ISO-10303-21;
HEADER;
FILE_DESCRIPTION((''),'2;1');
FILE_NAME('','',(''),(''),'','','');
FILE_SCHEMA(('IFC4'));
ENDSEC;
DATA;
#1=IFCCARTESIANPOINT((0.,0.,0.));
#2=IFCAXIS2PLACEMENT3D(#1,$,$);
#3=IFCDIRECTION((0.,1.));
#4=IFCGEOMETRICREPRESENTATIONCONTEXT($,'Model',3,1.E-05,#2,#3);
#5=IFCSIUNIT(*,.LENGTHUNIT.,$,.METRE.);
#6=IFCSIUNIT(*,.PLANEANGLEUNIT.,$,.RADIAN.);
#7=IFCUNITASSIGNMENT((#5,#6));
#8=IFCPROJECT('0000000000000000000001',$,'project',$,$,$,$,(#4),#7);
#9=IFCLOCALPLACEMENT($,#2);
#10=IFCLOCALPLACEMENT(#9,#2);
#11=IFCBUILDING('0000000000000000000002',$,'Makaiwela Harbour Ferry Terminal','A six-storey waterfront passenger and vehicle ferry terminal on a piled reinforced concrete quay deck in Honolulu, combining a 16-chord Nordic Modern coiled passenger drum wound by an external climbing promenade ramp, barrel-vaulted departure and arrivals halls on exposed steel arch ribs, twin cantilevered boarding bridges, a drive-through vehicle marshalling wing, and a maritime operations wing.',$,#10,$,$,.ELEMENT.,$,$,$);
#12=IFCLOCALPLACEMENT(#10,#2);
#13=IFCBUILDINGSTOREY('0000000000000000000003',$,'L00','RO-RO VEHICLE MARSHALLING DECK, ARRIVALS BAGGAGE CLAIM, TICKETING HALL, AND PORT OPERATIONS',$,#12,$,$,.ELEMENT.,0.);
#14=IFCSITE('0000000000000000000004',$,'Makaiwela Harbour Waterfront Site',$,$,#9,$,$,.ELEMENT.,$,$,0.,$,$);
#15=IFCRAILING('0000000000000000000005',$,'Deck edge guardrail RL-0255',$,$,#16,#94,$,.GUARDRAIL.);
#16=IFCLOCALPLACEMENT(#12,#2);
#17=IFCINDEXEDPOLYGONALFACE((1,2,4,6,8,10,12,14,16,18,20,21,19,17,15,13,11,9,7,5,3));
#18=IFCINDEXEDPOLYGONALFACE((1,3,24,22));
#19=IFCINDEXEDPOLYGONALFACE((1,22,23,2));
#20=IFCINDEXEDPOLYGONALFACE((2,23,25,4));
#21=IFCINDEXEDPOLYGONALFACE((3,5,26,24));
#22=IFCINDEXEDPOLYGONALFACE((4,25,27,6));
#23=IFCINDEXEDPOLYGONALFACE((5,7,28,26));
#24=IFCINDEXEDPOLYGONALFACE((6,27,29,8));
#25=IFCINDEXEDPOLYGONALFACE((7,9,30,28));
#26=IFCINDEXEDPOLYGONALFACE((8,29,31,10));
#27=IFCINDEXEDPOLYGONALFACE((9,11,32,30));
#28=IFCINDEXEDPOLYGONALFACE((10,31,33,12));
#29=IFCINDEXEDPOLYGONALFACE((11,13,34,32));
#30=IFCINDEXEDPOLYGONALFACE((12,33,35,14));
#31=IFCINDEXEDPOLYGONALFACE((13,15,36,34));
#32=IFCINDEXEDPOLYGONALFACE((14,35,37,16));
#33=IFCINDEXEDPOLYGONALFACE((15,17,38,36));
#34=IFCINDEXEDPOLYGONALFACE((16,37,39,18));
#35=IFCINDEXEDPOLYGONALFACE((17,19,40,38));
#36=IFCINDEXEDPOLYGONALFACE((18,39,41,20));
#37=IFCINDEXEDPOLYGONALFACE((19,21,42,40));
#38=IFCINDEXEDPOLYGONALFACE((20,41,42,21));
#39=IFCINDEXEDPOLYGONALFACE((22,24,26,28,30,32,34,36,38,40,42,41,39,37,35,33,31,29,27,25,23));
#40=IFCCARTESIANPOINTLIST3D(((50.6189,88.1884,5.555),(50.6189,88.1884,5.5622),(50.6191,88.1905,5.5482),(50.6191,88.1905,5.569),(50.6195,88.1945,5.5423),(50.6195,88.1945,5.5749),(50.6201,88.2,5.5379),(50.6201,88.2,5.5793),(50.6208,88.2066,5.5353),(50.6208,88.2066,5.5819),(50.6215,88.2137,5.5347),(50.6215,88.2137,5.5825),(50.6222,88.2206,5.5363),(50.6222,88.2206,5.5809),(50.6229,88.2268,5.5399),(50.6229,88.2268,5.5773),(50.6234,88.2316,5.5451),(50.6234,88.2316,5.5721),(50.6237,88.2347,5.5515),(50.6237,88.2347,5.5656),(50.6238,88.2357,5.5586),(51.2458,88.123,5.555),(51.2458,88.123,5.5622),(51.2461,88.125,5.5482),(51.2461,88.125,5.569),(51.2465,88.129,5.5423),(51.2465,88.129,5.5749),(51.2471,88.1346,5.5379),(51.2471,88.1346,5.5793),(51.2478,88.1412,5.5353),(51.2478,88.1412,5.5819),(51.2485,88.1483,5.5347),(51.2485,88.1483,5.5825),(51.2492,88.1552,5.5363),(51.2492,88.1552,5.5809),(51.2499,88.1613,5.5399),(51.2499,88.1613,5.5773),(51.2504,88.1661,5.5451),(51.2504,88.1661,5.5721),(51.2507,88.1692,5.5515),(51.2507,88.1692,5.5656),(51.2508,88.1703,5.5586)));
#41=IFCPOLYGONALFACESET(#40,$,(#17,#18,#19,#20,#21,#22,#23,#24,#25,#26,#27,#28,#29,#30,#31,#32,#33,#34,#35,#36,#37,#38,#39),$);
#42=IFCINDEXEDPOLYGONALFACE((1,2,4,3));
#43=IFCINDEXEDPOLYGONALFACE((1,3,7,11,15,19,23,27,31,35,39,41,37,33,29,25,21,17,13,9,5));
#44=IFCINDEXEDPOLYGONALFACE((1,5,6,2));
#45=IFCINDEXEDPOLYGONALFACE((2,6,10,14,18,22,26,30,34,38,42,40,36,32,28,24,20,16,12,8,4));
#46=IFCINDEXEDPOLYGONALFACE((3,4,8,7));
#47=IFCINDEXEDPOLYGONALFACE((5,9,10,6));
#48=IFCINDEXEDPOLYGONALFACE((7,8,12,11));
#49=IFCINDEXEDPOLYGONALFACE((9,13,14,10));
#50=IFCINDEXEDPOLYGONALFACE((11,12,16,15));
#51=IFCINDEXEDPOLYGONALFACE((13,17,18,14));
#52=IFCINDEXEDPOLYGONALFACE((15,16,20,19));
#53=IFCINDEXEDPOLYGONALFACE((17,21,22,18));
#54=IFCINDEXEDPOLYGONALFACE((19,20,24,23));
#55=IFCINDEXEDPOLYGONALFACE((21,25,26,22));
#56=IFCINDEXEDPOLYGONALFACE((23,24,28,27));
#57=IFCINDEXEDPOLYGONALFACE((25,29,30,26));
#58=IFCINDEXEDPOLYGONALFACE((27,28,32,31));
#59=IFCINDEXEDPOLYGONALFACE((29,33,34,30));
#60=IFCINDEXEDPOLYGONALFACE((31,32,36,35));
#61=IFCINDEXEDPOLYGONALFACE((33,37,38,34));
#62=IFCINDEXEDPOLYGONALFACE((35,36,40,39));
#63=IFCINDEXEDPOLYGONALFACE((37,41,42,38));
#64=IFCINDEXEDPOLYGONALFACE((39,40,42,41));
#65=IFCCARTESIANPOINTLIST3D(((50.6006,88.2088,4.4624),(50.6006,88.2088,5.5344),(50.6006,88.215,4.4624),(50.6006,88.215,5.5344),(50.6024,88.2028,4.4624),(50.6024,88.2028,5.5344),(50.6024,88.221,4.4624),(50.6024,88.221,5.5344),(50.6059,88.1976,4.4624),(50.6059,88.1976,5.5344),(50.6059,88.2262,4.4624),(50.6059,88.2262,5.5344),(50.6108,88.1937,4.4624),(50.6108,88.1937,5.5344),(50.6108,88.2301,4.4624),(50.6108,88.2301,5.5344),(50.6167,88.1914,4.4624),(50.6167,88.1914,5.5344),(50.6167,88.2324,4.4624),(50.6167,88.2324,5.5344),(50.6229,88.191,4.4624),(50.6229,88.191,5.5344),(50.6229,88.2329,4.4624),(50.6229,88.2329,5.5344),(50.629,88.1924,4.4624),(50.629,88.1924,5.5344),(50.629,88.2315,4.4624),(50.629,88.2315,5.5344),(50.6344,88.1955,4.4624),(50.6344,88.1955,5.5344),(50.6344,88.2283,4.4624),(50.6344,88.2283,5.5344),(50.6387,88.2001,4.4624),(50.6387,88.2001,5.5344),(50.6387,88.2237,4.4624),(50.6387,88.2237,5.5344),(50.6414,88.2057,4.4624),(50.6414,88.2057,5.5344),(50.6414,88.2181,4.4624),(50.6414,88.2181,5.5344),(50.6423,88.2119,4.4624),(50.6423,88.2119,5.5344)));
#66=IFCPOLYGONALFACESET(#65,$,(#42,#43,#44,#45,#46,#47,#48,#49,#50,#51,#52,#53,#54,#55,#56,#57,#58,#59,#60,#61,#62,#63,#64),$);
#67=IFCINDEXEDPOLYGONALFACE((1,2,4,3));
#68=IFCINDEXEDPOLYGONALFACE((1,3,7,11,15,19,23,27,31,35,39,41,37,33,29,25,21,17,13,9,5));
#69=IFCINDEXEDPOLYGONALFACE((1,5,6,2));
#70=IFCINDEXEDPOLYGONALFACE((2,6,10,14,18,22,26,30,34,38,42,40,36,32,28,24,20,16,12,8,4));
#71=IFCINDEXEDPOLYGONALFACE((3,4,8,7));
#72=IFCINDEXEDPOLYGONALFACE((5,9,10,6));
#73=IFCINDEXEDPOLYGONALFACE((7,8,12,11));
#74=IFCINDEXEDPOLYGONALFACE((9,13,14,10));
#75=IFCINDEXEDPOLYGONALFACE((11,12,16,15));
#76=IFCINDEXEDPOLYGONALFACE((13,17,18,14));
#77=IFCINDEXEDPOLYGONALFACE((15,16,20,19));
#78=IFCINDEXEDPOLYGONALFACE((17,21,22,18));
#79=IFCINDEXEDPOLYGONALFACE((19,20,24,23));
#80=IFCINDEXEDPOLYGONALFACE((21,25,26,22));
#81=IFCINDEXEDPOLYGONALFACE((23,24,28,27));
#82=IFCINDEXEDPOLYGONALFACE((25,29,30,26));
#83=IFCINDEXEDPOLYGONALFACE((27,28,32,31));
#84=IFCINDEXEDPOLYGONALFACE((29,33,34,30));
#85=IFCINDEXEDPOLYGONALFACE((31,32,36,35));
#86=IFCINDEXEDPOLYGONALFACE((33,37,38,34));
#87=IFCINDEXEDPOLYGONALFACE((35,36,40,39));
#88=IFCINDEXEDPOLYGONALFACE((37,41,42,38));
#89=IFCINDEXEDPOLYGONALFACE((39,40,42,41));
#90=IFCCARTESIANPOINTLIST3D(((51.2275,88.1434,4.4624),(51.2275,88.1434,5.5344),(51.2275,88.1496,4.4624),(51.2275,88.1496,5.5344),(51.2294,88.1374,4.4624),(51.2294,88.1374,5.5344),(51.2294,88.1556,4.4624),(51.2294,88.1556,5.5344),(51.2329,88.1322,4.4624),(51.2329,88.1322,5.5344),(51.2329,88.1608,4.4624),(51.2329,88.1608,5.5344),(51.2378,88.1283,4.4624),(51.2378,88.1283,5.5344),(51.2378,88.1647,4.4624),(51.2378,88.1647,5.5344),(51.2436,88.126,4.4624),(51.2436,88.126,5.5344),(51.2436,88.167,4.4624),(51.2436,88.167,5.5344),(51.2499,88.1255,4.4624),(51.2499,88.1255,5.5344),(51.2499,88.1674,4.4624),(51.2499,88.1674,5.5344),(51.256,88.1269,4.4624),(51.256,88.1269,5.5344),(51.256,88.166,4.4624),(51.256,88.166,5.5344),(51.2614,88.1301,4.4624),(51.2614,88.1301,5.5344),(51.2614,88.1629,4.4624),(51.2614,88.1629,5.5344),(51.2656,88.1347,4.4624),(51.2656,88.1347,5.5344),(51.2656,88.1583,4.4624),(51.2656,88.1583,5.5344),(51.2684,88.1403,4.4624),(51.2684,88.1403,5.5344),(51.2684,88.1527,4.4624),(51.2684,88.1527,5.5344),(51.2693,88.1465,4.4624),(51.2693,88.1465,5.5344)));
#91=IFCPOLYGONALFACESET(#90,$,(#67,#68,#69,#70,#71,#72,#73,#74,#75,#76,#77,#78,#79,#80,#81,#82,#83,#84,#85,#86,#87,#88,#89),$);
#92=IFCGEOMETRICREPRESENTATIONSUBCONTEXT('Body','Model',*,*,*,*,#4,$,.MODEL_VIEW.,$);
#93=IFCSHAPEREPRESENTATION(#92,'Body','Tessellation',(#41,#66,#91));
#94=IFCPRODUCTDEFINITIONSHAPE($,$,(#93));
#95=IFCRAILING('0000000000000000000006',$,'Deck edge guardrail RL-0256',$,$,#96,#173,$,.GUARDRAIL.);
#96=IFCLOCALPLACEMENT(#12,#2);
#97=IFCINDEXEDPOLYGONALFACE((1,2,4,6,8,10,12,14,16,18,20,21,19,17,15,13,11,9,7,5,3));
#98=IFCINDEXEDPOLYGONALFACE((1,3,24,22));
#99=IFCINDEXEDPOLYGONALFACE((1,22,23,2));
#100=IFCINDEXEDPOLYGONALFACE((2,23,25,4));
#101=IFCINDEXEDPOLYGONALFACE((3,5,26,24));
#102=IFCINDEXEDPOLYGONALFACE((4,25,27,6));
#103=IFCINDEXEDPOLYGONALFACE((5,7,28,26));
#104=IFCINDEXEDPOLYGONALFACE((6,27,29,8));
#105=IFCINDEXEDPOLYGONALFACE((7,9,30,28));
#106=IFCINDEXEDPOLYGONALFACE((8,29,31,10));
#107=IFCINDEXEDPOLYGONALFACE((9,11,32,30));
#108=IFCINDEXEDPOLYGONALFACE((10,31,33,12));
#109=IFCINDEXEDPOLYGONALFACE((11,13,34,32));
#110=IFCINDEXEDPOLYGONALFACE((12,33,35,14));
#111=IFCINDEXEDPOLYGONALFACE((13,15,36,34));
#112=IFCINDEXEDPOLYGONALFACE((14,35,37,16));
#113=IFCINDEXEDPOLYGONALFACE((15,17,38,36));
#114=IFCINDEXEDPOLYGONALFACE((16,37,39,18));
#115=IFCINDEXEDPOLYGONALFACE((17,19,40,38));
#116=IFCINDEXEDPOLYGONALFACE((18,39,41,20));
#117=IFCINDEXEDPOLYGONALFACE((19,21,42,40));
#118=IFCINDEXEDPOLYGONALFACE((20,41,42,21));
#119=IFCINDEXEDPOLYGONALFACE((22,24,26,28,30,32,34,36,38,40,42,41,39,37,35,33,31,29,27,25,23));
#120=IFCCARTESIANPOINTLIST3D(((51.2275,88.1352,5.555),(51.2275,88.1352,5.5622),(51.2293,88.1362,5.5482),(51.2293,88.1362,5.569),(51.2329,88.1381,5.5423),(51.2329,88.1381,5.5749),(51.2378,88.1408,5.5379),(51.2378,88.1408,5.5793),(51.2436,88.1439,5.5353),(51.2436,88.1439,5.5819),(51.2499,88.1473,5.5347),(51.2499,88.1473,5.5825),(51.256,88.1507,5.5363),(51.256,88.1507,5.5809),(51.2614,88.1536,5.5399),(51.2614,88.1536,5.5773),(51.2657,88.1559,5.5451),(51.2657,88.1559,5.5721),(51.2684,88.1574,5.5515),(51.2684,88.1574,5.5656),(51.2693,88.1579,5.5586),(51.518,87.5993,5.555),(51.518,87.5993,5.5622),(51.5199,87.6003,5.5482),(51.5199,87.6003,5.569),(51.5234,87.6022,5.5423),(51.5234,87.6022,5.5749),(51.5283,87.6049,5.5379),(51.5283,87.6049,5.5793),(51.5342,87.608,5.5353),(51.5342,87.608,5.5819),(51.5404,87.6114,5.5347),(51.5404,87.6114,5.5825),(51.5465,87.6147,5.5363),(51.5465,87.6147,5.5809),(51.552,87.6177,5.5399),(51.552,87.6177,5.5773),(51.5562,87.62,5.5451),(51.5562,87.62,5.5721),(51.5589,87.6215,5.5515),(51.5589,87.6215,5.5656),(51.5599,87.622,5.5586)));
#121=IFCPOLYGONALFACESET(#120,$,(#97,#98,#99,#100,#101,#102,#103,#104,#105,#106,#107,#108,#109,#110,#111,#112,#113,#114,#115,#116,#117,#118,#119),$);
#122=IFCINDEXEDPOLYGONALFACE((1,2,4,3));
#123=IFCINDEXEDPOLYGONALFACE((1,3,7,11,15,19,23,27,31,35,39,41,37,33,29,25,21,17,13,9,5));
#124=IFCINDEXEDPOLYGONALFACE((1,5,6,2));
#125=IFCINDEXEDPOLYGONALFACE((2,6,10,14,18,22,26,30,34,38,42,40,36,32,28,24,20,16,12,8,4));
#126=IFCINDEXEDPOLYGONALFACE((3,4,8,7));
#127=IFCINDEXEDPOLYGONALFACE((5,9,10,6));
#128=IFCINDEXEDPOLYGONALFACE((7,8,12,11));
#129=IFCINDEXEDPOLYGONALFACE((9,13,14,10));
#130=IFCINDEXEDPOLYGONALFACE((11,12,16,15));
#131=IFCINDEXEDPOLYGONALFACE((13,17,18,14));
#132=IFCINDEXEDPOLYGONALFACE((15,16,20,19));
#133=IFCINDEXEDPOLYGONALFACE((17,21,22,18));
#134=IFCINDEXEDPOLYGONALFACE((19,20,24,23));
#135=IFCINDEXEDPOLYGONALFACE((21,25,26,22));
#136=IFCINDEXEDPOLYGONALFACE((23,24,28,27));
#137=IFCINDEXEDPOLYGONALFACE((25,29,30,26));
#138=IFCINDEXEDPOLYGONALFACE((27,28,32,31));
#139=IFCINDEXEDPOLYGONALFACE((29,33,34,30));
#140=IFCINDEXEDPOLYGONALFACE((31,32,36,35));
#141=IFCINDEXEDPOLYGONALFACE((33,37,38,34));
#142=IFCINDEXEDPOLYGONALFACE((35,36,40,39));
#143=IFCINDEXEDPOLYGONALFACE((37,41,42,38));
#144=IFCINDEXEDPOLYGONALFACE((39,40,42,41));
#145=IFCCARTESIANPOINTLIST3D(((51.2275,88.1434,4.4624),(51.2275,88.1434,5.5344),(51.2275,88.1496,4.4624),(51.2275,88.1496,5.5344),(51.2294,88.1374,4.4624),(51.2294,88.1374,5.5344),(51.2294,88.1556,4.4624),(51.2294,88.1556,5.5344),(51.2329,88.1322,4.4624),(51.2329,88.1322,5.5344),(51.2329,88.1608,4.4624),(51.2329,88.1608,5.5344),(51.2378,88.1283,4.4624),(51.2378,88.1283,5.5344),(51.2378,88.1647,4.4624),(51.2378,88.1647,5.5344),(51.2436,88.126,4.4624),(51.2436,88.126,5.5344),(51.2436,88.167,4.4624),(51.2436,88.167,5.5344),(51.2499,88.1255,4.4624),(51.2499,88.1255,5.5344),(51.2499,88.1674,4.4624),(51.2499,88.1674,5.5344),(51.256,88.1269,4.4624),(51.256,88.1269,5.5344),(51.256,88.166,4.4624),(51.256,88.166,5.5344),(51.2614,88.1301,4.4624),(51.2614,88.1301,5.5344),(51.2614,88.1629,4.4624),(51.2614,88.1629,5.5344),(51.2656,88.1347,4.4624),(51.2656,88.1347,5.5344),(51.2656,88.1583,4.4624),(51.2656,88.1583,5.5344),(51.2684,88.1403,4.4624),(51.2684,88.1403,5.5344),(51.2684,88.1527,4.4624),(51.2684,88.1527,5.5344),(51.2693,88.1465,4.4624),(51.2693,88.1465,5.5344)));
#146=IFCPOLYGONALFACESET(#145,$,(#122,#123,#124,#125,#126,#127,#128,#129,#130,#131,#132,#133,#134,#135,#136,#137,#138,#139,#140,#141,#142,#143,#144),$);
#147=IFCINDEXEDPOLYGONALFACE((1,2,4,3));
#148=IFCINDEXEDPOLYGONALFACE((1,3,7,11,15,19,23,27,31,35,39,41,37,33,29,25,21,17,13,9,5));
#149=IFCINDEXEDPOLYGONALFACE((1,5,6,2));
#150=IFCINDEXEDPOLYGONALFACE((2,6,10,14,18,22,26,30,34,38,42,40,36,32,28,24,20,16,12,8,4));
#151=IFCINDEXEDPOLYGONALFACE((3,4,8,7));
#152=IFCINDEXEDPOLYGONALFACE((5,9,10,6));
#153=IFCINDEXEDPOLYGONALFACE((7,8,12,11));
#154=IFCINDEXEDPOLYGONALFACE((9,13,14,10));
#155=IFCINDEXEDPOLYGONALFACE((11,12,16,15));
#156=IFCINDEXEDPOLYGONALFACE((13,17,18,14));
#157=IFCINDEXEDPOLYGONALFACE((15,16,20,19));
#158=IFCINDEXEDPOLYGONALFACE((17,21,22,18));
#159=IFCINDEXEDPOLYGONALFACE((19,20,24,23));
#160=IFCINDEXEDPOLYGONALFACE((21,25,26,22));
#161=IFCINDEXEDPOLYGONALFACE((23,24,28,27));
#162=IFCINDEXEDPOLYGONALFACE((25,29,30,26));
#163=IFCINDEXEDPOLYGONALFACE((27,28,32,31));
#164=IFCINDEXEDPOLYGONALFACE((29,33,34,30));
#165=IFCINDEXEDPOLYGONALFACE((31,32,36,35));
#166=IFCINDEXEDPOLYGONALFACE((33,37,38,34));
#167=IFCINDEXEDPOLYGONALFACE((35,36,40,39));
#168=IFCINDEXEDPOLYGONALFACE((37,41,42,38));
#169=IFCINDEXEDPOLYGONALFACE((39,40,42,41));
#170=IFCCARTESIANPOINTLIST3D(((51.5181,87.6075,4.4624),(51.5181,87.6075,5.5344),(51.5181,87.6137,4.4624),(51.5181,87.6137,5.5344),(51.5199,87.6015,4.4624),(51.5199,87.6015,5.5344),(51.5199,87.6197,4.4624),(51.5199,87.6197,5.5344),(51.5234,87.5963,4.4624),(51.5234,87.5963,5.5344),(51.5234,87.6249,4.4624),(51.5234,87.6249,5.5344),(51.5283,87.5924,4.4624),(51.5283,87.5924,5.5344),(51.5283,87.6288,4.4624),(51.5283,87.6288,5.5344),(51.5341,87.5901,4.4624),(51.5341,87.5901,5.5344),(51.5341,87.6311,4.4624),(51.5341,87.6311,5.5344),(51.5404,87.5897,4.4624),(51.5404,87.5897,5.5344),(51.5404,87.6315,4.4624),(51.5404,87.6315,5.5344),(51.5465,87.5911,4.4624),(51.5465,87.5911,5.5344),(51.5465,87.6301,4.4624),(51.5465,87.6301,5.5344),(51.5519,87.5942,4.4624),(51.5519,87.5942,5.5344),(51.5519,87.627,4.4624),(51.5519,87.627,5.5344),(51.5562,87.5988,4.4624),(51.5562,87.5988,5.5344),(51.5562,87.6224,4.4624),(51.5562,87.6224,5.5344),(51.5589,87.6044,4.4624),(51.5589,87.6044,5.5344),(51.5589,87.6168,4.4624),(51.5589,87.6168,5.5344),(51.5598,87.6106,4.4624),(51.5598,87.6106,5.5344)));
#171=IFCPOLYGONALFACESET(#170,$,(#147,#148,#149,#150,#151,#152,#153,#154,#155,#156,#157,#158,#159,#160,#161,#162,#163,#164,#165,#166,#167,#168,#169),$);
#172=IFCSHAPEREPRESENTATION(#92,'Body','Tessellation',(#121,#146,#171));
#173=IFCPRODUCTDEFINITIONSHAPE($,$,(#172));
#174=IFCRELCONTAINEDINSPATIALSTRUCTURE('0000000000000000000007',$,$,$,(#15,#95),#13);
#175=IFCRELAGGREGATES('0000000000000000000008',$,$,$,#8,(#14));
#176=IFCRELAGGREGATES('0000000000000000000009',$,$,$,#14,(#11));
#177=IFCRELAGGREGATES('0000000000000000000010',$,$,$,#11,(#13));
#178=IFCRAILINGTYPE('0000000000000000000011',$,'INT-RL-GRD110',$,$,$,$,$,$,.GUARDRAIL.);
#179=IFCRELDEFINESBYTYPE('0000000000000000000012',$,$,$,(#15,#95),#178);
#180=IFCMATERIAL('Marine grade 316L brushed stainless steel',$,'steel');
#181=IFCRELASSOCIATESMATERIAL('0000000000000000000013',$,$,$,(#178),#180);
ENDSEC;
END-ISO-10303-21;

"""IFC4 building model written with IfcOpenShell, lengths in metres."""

from ifc_helpers import new_model, si_unit, direction, frame, origin, origin_2d, place, context, subcontext, project, spatial, circle, extrude, material, type_object, element, save


model = new_model("IFC4")

# Units and contexts
model_context = context("Model", 3, precision=1e-05, world=origin(), true_north=direction((0.0, 1.0)))
body_context = subcontext(model_context, "Body", "Model", "MODEL_VIEW")
ifc_project = project(units=[si_unit("LENGTHUNIT", "METRE"), si_unit("PLANEANGLEUNIT", "RADIAN")], contexts=[model_context])

# Site, building, storey
site_placement = place(None, origin())
site = spatial("IfcSite", under=ifc_project, at=site_placement, Name="Makaiwela Harbour Waterfront Site", CompositionType="ELEMENT", RefElevation=0.0)
building_placement = place(site_placement, origin())
building = spatial("IfcBuilding", under=site, at=building_placement, Name="Makaiwela Harbour Ferry Terminal", Description="A six-storey waterfront passenger and vehicle ferry terminal on a piled reinforced concrete quay deck in Honolulu, combining a 16-chord Nordic Modern coiled passenger drum wound by an external climbing promenade ramp, barrel-vaulted departure and arrivals halls on exposed steel arch ribs, twin cantilevered boarding bridges, a drive-through vehicle marshalling wing, and a maritime operations wing.", CompositionType="ELEMENT")
storey_placement = place(building_placement, origin())
storey = spatial("IfcBuildingStorey", under=building, at=storey_placement, Name="L00", Description="RO-RO VEHICLE MARSHALLING DECK, ARRIVALS BAGGAGE CLAIM, TICKETING HALL, AND PORT OPERATIONS", CompositionType="ELEMENT", Elevation=0.0)

# Railings
ifc_material_1 = material(Name="Marine grade 316L brushed stainless steel", Category="steel")
railing_type_1 = type_object("IfcRailingType", Name="INT-RL-GRD110", PredefinedType="GUARDRAIL", material=ifc_material_1)
railing_1_placement = place(storey_placement, frame((50.6213, 88.2119, 4.4624)))
element("IfcRailing", 1, at=railing_1_placement, inside=storey, type_object=railing_type_1, Name="Deck edge guardrail RL-0255", PredefinedType="GUARDRAIL", context=body_context, shape_type="SweptSolid", body=[
    extrude(circle(Radius=0.0239, at=origin_2d()), frame((0.0, 0.0, 1.0962), z_axis=(0.994598, -0.103798, 0.0), x_axis=(0.103798, 0.994598, 0.0)), (0.0, 0.0, 1.0), 0.6304),
    extrude(circle(Radius=0.021, at=origin_2d()), origin(), (0.0, 0.0, 1.0), 1.072),
    extrude(circle(Radius=0.021, at=origin_2d()), frame((0.627, -0.0654, 0.0)), (0.0, 0.0, 1.0), 1.072),
])
railing_2_placement = place(storey_placement, frame((51.2483, 88.1465, 4.4624)))
element("IfcRailing", 2, at=railing_2_placement, inside=storey, type_object=railing_type_1, Name="Deck edge guardrail RL-0256", PredefinedType="GUARDRAIL", context=body_context, shape_type="SweptSolid", body=[
    extrude(circle(Radius=0.0239, at=origin_2d()), frame((0.0, 0.0, 1.0962), z_axis=(0.476606, -0.879117, 0.0), x_axis=(0.879117, 0.476606, 0.0)), (0.0, 0.0, 1.0), 0.6096),
    extrude(circle(Radius=0.021, at=origin_2d()), origin(), (0.0, 0.0, 1.0), 1.072),
    extrude(circle(Radius=0.021, at=origin_2d()), frame((0.2905, -0.5359, 0.0)), (0.0, 0.0, 1.0), 1.072),
])

save(model, "model.ifc")
